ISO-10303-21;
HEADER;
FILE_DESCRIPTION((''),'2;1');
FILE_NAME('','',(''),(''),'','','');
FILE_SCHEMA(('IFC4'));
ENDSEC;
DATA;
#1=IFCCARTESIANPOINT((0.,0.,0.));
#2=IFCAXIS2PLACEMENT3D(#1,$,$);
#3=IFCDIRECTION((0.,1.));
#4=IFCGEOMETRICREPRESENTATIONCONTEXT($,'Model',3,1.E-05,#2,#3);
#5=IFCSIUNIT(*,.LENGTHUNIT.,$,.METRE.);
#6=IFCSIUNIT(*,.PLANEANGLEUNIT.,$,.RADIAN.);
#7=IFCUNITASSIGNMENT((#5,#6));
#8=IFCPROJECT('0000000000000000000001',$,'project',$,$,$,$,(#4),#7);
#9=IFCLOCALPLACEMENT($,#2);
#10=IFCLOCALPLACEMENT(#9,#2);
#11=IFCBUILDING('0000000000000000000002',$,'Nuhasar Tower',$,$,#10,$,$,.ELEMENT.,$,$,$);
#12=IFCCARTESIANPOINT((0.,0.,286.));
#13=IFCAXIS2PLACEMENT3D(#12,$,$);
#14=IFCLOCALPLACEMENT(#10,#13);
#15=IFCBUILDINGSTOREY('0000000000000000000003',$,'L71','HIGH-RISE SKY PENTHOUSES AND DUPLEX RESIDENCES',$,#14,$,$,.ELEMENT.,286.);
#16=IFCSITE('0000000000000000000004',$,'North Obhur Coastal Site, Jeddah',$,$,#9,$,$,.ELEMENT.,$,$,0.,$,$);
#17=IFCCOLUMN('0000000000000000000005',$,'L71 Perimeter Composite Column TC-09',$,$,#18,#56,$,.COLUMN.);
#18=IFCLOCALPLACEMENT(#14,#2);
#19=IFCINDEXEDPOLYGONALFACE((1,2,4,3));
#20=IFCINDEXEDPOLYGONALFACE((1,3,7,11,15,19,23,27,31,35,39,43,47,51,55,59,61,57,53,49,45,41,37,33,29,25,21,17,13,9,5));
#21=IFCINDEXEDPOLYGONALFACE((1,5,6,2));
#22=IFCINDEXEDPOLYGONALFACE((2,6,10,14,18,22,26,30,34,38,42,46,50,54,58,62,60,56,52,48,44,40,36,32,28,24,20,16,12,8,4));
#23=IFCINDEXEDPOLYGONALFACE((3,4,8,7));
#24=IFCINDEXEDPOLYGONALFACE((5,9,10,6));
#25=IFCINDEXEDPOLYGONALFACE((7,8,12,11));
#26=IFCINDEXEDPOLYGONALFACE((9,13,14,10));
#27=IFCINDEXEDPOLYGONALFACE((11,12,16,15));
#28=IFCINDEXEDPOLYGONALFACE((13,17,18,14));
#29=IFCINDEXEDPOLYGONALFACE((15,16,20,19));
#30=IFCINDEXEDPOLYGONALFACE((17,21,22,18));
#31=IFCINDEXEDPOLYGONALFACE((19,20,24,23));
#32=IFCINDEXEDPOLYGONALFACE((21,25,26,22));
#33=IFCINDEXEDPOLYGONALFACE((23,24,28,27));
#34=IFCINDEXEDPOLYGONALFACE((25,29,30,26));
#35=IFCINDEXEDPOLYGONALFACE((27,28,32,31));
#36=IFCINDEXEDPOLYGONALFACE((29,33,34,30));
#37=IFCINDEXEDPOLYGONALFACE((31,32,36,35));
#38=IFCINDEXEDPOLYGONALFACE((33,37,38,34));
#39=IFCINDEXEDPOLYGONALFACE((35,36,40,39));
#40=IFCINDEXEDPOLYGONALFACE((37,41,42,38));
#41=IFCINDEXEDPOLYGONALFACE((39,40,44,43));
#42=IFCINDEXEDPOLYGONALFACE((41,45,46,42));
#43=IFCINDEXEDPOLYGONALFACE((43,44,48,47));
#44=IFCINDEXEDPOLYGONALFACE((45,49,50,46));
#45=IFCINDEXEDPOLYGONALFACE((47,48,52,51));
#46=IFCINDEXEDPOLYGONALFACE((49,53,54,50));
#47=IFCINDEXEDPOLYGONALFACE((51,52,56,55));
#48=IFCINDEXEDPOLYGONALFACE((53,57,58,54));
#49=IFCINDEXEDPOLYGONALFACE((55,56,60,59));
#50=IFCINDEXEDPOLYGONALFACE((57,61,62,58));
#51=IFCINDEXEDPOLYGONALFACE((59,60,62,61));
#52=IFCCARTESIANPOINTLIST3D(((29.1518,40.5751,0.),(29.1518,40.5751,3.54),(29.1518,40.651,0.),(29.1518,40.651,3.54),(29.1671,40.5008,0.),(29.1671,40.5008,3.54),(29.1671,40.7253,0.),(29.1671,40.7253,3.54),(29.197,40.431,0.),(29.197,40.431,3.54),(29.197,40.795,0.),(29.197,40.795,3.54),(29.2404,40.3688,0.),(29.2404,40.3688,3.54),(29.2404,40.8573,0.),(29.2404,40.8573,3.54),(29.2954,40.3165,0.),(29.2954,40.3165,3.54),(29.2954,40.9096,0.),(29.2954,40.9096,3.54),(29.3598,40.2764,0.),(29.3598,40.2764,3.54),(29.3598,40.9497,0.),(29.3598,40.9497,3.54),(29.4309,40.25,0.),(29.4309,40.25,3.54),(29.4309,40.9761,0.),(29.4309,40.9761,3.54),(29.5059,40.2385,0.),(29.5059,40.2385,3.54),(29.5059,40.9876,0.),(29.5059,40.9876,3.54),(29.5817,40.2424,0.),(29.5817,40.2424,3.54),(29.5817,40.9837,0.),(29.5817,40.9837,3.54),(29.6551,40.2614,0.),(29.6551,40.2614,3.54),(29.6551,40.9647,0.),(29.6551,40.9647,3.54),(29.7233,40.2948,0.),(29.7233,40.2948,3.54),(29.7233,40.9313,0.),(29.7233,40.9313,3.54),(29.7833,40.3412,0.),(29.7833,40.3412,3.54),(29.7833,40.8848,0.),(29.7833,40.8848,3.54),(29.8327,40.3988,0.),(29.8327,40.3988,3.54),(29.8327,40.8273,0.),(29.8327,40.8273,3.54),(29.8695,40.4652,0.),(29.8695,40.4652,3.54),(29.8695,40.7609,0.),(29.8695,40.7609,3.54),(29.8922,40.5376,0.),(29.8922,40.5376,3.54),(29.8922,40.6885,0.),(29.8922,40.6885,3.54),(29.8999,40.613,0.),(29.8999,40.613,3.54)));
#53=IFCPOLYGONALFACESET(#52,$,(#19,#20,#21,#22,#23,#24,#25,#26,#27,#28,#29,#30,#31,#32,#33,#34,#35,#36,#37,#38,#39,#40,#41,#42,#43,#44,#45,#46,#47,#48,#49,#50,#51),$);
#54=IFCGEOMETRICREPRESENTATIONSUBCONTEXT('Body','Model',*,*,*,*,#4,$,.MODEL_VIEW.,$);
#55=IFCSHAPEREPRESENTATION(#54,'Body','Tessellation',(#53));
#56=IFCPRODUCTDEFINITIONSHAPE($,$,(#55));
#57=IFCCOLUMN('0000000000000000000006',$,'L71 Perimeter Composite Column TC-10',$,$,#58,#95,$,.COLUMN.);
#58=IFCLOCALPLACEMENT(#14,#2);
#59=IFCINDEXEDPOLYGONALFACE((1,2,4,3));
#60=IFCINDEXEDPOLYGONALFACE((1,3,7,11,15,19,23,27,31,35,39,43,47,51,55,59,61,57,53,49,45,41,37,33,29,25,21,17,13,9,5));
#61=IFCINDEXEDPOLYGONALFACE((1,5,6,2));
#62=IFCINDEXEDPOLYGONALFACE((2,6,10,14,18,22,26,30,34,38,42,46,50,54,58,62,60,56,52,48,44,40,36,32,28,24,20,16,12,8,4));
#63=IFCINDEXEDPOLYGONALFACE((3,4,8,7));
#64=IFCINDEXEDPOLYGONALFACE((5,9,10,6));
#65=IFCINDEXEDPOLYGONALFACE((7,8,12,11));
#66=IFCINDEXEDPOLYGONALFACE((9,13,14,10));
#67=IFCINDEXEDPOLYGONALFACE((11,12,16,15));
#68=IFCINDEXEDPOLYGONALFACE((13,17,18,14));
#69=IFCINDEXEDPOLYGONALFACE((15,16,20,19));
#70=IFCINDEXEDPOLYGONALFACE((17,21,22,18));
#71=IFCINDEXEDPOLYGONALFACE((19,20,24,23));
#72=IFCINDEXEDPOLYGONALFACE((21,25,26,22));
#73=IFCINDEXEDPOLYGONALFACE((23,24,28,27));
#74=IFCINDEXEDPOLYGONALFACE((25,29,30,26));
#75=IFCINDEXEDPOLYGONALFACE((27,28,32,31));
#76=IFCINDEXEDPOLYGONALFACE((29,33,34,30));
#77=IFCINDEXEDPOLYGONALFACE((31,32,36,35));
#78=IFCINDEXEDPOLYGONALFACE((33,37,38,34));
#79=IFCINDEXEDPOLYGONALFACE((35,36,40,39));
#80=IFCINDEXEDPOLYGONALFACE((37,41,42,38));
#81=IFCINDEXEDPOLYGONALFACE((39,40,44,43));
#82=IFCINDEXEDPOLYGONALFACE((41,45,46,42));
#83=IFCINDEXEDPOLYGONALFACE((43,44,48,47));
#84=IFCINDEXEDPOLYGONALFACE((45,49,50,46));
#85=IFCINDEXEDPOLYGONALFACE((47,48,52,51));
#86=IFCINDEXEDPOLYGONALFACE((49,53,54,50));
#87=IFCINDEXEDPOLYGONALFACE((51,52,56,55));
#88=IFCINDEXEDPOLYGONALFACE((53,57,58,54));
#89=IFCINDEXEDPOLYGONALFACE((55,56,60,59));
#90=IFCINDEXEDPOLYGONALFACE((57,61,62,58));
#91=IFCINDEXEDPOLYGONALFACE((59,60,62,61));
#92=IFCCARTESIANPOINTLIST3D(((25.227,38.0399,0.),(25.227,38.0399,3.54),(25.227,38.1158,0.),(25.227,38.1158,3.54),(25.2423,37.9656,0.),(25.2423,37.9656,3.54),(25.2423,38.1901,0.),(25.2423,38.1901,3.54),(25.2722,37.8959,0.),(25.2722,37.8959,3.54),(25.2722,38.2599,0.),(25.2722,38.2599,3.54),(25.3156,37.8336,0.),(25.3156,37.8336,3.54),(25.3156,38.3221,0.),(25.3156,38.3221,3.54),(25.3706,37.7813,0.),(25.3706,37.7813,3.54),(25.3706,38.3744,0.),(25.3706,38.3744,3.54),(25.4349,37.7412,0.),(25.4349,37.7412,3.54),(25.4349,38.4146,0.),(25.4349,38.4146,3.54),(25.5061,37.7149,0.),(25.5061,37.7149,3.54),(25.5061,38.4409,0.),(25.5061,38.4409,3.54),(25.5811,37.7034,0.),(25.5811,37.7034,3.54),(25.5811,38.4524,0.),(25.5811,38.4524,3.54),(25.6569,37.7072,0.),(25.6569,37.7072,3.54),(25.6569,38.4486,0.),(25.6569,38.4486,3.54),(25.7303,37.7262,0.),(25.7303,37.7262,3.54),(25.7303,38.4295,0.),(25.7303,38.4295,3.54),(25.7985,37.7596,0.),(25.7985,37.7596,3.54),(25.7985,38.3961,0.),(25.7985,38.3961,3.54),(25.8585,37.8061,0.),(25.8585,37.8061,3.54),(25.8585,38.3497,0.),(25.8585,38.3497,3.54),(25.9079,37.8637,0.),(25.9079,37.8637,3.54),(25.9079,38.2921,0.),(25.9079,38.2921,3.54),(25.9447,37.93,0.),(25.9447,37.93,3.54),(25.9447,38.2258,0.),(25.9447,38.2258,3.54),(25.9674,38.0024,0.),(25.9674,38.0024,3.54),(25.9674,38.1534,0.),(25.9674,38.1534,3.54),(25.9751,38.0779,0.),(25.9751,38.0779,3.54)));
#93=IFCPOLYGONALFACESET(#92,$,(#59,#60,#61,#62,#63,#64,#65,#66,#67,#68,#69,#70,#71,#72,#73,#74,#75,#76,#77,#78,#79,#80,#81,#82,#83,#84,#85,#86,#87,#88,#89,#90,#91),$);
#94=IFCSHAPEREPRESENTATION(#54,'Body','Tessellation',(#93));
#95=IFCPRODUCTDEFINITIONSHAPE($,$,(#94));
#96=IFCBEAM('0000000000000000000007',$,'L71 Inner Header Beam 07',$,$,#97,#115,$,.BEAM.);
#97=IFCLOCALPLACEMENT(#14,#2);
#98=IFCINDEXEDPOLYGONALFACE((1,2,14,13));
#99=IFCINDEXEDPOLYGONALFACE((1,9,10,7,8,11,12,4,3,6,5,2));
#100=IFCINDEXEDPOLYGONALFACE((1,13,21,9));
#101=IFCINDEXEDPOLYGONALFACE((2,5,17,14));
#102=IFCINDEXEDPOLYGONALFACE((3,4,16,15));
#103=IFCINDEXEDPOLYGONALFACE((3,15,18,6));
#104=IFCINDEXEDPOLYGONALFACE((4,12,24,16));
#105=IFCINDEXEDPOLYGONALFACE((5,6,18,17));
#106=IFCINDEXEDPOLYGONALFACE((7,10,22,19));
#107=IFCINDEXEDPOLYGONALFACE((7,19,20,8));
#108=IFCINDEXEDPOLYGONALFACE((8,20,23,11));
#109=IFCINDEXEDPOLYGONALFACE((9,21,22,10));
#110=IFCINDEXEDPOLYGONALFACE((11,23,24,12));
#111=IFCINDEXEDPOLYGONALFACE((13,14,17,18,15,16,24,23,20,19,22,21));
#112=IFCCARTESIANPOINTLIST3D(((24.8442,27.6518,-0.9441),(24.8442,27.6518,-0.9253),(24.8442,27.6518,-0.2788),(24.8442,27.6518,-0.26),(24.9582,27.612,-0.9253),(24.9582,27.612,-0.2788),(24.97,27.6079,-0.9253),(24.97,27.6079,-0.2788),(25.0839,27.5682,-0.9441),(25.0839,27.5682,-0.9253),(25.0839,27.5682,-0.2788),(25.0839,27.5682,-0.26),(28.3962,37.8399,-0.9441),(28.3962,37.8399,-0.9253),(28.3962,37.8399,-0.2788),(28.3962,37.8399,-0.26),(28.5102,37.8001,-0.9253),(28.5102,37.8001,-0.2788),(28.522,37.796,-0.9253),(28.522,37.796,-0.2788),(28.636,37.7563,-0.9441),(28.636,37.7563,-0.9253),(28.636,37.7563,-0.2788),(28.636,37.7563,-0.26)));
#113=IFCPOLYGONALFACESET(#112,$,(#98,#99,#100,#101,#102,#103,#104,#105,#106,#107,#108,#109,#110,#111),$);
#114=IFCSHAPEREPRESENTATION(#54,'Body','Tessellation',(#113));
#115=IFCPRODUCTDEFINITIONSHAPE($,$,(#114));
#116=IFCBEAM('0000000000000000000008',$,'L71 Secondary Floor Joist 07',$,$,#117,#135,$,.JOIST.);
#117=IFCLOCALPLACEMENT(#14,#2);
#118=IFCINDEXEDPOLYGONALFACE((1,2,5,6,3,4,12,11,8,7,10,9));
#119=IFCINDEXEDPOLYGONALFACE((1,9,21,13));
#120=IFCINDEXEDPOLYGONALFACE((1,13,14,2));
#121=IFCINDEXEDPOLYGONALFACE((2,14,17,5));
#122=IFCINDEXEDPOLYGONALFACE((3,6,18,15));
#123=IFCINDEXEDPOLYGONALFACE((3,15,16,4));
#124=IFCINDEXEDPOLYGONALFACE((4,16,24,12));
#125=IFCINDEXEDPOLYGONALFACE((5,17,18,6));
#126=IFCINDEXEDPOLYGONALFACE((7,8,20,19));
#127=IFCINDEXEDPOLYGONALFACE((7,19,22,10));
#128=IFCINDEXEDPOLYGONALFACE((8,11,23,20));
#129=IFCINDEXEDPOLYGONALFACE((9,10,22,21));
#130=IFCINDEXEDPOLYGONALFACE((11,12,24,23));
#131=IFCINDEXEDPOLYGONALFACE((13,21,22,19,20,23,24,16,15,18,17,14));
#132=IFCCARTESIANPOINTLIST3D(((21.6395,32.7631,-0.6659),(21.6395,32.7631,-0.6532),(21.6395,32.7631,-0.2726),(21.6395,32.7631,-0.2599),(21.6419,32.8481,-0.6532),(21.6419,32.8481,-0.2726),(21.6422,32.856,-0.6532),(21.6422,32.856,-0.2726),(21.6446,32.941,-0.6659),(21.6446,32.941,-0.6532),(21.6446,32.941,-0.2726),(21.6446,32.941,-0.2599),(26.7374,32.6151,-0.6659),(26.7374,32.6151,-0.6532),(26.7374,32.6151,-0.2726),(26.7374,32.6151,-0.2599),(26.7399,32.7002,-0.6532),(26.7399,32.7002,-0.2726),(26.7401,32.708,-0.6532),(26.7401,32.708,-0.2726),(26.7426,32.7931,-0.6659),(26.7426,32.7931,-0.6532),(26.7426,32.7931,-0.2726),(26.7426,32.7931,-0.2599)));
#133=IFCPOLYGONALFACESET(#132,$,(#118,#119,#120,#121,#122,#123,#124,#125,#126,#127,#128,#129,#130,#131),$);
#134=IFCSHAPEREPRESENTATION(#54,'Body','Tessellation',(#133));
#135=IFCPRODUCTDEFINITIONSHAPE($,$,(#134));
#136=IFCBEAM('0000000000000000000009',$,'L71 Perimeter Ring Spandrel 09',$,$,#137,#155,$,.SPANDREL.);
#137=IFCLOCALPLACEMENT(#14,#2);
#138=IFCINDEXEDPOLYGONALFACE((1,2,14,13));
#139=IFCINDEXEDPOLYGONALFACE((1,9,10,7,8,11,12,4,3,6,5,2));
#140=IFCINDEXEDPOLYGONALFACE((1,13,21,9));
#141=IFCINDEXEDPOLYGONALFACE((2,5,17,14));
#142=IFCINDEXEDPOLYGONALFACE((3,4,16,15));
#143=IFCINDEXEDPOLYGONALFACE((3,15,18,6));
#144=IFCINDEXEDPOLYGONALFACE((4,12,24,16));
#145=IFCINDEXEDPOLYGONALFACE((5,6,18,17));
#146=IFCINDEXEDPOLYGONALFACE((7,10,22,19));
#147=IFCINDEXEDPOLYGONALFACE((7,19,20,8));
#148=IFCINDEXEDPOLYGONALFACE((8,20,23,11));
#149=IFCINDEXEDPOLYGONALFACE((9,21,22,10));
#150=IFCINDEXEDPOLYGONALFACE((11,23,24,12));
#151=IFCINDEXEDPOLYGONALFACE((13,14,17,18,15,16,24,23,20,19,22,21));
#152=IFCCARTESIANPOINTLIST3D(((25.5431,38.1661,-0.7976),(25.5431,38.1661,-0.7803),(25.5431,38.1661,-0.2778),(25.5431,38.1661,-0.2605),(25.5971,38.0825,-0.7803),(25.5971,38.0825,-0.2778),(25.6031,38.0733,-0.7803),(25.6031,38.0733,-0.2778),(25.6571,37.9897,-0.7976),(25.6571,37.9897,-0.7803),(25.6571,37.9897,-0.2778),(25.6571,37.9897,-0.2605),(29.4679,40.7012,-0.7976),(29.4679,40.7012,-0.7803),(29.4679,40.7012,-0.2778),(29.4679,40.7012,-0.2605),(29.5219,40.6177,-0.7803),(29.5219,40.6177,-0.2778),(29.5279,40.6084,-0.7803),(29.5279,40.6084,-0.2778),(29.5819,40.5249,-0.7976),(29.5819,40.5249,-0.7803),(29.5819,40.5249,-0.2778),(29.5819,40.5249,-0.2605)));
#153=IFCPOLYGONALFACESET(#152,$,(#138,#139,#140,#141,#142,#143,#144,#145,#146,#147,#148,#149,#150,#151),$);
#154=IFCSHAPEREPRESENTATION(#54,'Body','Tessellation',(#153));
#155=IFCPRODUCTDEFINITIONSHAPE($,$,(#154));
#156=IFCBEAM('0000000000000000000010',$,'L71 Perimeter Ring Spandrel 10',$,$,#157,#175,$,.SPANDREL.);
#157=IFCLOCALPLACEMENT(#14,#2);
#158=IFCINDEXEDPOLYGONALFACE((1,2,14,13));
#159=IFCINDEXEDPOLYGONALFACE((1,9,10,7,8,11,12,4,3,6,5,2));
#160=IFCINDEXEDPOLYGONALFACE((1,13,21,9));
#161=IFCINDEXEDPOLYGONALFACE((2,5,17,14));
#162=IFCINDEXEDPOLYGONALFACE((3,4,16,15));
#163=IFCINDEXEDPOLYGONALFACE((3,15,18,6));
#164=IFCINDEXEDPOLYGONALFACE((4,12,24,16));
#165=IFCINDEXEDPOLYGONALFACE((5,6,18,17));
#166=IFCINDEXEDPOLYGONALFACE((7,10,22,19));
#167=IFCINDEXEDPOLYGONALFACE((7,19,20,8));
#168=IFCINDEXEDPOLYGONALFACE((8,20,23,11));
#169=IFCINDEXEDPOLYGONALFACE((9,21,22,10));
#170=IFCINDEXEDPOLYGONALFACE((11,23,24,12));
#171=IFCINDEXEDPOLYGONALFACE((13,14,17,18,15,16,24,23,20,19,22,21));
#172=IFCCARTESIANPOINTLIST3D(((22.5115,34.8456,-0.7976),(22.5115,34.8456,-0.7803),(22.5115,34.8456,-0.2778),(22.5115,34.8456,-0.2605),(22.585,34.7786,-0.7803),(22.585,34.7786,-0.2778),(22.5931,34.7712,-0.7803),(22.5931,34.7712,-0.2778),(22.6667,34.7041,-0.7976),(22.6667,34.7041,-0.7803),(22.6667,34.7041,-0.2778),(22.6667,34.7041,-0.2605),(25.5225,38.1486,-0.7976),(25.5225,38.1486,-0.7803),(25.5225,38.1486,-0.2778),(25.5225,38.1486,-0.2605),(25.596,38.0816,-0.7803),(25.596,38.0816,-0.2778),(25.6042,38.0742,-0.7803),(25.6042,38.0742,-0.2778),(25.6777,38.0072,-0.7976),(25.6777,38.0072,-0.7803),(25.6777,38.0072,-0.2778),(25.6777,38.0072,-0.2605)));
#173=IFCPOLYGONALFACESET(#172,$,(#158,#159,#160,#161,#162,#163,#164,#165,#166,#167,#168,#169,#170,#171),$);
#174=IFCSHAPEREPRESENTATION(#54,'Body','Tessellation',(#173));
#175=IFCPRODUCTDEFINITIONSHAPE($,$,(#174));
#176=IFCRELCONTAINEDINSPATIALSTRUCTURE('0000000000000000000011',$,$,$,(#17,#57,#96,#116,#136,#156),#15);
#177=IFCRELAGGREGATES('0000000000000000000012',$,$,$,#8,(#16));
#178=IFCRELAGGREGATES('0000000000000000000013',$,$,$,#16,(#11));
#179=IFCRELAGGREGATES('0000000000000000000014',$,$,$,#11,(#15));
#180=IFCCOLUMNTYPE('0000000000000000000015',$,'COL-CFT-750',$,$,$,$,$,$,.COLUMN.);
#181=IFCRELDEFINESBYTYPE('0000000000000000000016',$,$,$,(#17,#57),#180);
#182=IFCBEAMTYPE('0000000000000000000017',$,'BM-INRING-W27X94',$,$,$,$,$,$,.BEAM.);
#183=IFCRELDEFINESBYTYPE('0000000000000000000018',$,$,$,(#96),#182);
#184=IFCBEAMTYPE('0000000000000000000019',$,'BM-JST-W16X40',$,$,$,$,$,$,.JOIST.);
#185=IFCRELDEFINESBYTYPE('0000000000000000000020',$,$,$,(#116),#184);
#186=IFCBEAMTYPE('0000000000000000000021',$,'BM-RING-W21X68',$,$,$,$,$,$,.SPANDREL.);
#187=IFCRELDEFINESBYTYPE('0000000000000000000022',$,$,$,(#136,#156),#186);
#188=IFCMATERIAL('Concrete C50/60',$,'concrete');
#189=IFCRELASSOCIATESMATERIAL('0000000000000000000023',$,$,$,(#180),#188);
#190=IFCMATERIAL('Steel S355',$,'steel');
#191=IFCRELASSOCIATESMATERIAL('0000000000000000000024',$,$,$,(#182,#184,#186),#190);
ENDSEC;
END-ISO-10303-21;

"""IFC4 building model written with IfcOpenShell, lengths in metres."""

from ifc_helpers import new_model, si_unit, direction, frame, origin, origin_2d, place, context, subcontext, project, spatial, circle, i_section, extrude, material, material_profile, profile_set, type_object, element, save


model = new_model("IFC4")

# Units and contexts
model_context = context("Model", 3, precision=1e-05, world=origin(), true_north=direction((0.0, 1.0)))
body_context = subcontext(model_context, "Body", "Model", "MODEL_VIEW")
ifc_project = project(units=[si_unit("LENGTHUNIT", "METRE"), si_unit("PLANEANGLEUNIT", "RADIAN")], contexts=[model_context])

# Site, building, storey
site_placement = place(None, origin())
site = spatial("IfcSite", under=ifc_project, at=site_placement, Name="North Obhur Coastal Site, Jeddah", CompositionType="ELEMENT", RefElevation=0.0)
building_placement = place(site_placement, origin())
building = spatial("IfcBuilding", under=site, at=building_placement, Name="Nuhasar Tower", CompositionType="ELEMENT")
storey_placement = place(building_placement, frame((0.0, 0.0, 286.0)))
storey = spatial("IfcBuildingStorey", under=building, at=storey_placement, Name="L71", Description="HIGH-RISE SKY PENTHOUSES AND DUPLEX RESIDENCES", CompositionType="ELEMENT", Elevation=286.0)

# Columns
ifc_material_1 = material(Name="Concrete C50/60", Category="concrete")
ifc_material_profile_1 = material_profile(ifc_material_1, circle(Radius=0.375, at=origin_2d()), Name="CFT750")
ifc_profile_set_1 = profile_set([ifc_material_profile_1], Name="Concrete C50/60")
column_type = type_object("IfcColumnType", Name="COL-CFT-750", PredefinedType="COLUMN", material=ifc_profile_set_1)
for number, where, z_axis, x_axis, name in (
    (1, (29.5249, 40.613, 0.0), (0.0, 0.0, 1.0), (1.0, 0.0, 0.0), "L71 Perimeter Composite Column TC-09"),
    (2, (25.6001, 38.0779, 0.0), (0.0, 0.0, 1.0), (1.0, 0.0, 0.0), "L71 Perimeter Composite Column TC-10"),
):
    element("IfcColumn", number, at=place(storey_placement, frame(where, z_axis=z_axis, x_axis=x_axis)), inside=storey, type_object=column_type, Name=name, PredefinedType="COLUMN", context=body_context, shape_type="SweptSolid", body=[
        extrude(circle(Radius=0.375, at=origin_2d()), origin(), (0.0, 0.0, 1.0), 3.54),
    ])

# Beams
ifc_material_2 = material(Name="Steel S355", Category="steel")
ifc_material_profile_2 = material_profile(ifc_material_2, i_section(OverallWidth=0.2539, OverallDepth=0.6841, WebThickness=0.0125, FlangeThickness=0.0188, at=origin_2d()), Name="W27X94")
ifc_profile_set_2 = profile_set([ifc_material_profile_2], Name="Steel S355")
beam_type_1 = type_object("IfcBeamType", Name="BM-INRING-W27X94", PredefinedType="BEAM", material=ifc_profile_set_2)
beam_1_placement = place(storey_placement, frame((28.5161, 37.7981, -0.6021), z_axis=(-0.329211, -0.944256, 0.0), x_axis=(0.944256, -0.329211, 0.0)))
element("IfcBeam", 3, at=beam_1_placement, inside=storey, type_object=beam_type_1, Name="L71 Inner Header Beam 07", PredefinedType="BEAM", context=body_context, shape_type="SweptSolid", body=[
    extrude(i_section(OverallWidth=0.2539, OverallDepth=0.6841, WebThickness=0.0125, FlangeThickness=0.0188, at=origin_2d()), origin(), (0.0, 0.0, 1.0), 10.7896),
])
ifc_material_profile_3 = material_profile(ifc_material_2, i_section(OverallWidth=0.178, OverallDepth=0.406, WebThickness=0.0078, FlangeThickness=0.0127, at=origin_2d()), Name="W16X40")
ifc_profile_set_3 = profile_set([ifc_material_profile_3], Name="Steel S355")
beam_type_2 = type_object("IfcBeamType", Name="BM-JST-W16X40", PredefinedType="JOIST", material=ifc_profile_set_3)
beam_2_placement = place(storey_placement, frame((26.74, 32.7041, -0.4629), z_axis=(-0.999579, 0.029009, 0.0), x_axis=(-0.029009, -0.999579, 0.0)))
element("IfcBeam", 4, at=beam_2_placement, inside=storey, type_object=beam_type_2, Name="L71 Secondary Floor Joist 07", PredefinedType="JOIST", context=body_context, shape_type="SweptSolid", body=[
    extrude(i_section(OverallWidth=0.178, OverallDepth=0.406, WebThickness=0.0078, FlangeThickness=0.0127, at=origin_2d()), origin(), (0.0, 0.0, 1.0), 5.1001),
])
ifc_material_profile_4 = material_profile(ifc_material_2, i_section(OverallWidth=0.21, OverallDepth=0.5371, WebThickness=0.011, FlangeThickness=0.0173, at=origin_2d()), Name="W21X68")
ifc_profile_set_4 = profile_set([ifc_material_profile_4], Name="Steel S355")
beam_type_3 = type_object("IfcBeamType", Name="BM-RING-W21X68", PredefinedType="SPANDREL", material=ifc_profile_set_4)
beam_3_placement = place(storey_placement, frame((29.5249, 40.613, -0.5291), z_axis=(-0.840002, -0.542584, 0.0), x_axis=(0.542584, -0.840002, 0.0)))
element("IfcBeam", 5, at=beam_3_placement, inside=storey, type_object=beam_type_3, Name="L71 Perimeter Ring Spandrel 09", PredefinedType="SPANDREL", context=body_context, shape_type="SweptSolid", body=[
    extrude(i_section(OverallWidth=0.21, OverallDepth=0.5371, WebThickness=0.011, FlangeThickness=0.0173, at=origin_2d()), origin(), (0.0, 0.0, 1.0), 4.6724),
])
beam_4_placement = place(storey_placement, frame((25.6001, 38.0779, -0.5291), z_axis=(-0.673686, -0.739017, 0.0), x_axis=(0.739017, -0.673686, 0.0)))
element("IfcBeam", 6, at=beam_4_placement, inside=storey, type_object=beam_type_3, Name="L71 Perimeter Ring Spandrel 10", PredefinedType="SPANDREL", context=body_context, shape_type="SweptSolid", body=[
    extrude(i_section(OverallWidth=0.21, OverallDepth=0.5371, WebThickness=0.011, FlangeThickness=0.0173, at=origin_2d()), origin(), (0.0, 0.0, 1.0), 4.4695),
])

save(model, "model.ifc")
